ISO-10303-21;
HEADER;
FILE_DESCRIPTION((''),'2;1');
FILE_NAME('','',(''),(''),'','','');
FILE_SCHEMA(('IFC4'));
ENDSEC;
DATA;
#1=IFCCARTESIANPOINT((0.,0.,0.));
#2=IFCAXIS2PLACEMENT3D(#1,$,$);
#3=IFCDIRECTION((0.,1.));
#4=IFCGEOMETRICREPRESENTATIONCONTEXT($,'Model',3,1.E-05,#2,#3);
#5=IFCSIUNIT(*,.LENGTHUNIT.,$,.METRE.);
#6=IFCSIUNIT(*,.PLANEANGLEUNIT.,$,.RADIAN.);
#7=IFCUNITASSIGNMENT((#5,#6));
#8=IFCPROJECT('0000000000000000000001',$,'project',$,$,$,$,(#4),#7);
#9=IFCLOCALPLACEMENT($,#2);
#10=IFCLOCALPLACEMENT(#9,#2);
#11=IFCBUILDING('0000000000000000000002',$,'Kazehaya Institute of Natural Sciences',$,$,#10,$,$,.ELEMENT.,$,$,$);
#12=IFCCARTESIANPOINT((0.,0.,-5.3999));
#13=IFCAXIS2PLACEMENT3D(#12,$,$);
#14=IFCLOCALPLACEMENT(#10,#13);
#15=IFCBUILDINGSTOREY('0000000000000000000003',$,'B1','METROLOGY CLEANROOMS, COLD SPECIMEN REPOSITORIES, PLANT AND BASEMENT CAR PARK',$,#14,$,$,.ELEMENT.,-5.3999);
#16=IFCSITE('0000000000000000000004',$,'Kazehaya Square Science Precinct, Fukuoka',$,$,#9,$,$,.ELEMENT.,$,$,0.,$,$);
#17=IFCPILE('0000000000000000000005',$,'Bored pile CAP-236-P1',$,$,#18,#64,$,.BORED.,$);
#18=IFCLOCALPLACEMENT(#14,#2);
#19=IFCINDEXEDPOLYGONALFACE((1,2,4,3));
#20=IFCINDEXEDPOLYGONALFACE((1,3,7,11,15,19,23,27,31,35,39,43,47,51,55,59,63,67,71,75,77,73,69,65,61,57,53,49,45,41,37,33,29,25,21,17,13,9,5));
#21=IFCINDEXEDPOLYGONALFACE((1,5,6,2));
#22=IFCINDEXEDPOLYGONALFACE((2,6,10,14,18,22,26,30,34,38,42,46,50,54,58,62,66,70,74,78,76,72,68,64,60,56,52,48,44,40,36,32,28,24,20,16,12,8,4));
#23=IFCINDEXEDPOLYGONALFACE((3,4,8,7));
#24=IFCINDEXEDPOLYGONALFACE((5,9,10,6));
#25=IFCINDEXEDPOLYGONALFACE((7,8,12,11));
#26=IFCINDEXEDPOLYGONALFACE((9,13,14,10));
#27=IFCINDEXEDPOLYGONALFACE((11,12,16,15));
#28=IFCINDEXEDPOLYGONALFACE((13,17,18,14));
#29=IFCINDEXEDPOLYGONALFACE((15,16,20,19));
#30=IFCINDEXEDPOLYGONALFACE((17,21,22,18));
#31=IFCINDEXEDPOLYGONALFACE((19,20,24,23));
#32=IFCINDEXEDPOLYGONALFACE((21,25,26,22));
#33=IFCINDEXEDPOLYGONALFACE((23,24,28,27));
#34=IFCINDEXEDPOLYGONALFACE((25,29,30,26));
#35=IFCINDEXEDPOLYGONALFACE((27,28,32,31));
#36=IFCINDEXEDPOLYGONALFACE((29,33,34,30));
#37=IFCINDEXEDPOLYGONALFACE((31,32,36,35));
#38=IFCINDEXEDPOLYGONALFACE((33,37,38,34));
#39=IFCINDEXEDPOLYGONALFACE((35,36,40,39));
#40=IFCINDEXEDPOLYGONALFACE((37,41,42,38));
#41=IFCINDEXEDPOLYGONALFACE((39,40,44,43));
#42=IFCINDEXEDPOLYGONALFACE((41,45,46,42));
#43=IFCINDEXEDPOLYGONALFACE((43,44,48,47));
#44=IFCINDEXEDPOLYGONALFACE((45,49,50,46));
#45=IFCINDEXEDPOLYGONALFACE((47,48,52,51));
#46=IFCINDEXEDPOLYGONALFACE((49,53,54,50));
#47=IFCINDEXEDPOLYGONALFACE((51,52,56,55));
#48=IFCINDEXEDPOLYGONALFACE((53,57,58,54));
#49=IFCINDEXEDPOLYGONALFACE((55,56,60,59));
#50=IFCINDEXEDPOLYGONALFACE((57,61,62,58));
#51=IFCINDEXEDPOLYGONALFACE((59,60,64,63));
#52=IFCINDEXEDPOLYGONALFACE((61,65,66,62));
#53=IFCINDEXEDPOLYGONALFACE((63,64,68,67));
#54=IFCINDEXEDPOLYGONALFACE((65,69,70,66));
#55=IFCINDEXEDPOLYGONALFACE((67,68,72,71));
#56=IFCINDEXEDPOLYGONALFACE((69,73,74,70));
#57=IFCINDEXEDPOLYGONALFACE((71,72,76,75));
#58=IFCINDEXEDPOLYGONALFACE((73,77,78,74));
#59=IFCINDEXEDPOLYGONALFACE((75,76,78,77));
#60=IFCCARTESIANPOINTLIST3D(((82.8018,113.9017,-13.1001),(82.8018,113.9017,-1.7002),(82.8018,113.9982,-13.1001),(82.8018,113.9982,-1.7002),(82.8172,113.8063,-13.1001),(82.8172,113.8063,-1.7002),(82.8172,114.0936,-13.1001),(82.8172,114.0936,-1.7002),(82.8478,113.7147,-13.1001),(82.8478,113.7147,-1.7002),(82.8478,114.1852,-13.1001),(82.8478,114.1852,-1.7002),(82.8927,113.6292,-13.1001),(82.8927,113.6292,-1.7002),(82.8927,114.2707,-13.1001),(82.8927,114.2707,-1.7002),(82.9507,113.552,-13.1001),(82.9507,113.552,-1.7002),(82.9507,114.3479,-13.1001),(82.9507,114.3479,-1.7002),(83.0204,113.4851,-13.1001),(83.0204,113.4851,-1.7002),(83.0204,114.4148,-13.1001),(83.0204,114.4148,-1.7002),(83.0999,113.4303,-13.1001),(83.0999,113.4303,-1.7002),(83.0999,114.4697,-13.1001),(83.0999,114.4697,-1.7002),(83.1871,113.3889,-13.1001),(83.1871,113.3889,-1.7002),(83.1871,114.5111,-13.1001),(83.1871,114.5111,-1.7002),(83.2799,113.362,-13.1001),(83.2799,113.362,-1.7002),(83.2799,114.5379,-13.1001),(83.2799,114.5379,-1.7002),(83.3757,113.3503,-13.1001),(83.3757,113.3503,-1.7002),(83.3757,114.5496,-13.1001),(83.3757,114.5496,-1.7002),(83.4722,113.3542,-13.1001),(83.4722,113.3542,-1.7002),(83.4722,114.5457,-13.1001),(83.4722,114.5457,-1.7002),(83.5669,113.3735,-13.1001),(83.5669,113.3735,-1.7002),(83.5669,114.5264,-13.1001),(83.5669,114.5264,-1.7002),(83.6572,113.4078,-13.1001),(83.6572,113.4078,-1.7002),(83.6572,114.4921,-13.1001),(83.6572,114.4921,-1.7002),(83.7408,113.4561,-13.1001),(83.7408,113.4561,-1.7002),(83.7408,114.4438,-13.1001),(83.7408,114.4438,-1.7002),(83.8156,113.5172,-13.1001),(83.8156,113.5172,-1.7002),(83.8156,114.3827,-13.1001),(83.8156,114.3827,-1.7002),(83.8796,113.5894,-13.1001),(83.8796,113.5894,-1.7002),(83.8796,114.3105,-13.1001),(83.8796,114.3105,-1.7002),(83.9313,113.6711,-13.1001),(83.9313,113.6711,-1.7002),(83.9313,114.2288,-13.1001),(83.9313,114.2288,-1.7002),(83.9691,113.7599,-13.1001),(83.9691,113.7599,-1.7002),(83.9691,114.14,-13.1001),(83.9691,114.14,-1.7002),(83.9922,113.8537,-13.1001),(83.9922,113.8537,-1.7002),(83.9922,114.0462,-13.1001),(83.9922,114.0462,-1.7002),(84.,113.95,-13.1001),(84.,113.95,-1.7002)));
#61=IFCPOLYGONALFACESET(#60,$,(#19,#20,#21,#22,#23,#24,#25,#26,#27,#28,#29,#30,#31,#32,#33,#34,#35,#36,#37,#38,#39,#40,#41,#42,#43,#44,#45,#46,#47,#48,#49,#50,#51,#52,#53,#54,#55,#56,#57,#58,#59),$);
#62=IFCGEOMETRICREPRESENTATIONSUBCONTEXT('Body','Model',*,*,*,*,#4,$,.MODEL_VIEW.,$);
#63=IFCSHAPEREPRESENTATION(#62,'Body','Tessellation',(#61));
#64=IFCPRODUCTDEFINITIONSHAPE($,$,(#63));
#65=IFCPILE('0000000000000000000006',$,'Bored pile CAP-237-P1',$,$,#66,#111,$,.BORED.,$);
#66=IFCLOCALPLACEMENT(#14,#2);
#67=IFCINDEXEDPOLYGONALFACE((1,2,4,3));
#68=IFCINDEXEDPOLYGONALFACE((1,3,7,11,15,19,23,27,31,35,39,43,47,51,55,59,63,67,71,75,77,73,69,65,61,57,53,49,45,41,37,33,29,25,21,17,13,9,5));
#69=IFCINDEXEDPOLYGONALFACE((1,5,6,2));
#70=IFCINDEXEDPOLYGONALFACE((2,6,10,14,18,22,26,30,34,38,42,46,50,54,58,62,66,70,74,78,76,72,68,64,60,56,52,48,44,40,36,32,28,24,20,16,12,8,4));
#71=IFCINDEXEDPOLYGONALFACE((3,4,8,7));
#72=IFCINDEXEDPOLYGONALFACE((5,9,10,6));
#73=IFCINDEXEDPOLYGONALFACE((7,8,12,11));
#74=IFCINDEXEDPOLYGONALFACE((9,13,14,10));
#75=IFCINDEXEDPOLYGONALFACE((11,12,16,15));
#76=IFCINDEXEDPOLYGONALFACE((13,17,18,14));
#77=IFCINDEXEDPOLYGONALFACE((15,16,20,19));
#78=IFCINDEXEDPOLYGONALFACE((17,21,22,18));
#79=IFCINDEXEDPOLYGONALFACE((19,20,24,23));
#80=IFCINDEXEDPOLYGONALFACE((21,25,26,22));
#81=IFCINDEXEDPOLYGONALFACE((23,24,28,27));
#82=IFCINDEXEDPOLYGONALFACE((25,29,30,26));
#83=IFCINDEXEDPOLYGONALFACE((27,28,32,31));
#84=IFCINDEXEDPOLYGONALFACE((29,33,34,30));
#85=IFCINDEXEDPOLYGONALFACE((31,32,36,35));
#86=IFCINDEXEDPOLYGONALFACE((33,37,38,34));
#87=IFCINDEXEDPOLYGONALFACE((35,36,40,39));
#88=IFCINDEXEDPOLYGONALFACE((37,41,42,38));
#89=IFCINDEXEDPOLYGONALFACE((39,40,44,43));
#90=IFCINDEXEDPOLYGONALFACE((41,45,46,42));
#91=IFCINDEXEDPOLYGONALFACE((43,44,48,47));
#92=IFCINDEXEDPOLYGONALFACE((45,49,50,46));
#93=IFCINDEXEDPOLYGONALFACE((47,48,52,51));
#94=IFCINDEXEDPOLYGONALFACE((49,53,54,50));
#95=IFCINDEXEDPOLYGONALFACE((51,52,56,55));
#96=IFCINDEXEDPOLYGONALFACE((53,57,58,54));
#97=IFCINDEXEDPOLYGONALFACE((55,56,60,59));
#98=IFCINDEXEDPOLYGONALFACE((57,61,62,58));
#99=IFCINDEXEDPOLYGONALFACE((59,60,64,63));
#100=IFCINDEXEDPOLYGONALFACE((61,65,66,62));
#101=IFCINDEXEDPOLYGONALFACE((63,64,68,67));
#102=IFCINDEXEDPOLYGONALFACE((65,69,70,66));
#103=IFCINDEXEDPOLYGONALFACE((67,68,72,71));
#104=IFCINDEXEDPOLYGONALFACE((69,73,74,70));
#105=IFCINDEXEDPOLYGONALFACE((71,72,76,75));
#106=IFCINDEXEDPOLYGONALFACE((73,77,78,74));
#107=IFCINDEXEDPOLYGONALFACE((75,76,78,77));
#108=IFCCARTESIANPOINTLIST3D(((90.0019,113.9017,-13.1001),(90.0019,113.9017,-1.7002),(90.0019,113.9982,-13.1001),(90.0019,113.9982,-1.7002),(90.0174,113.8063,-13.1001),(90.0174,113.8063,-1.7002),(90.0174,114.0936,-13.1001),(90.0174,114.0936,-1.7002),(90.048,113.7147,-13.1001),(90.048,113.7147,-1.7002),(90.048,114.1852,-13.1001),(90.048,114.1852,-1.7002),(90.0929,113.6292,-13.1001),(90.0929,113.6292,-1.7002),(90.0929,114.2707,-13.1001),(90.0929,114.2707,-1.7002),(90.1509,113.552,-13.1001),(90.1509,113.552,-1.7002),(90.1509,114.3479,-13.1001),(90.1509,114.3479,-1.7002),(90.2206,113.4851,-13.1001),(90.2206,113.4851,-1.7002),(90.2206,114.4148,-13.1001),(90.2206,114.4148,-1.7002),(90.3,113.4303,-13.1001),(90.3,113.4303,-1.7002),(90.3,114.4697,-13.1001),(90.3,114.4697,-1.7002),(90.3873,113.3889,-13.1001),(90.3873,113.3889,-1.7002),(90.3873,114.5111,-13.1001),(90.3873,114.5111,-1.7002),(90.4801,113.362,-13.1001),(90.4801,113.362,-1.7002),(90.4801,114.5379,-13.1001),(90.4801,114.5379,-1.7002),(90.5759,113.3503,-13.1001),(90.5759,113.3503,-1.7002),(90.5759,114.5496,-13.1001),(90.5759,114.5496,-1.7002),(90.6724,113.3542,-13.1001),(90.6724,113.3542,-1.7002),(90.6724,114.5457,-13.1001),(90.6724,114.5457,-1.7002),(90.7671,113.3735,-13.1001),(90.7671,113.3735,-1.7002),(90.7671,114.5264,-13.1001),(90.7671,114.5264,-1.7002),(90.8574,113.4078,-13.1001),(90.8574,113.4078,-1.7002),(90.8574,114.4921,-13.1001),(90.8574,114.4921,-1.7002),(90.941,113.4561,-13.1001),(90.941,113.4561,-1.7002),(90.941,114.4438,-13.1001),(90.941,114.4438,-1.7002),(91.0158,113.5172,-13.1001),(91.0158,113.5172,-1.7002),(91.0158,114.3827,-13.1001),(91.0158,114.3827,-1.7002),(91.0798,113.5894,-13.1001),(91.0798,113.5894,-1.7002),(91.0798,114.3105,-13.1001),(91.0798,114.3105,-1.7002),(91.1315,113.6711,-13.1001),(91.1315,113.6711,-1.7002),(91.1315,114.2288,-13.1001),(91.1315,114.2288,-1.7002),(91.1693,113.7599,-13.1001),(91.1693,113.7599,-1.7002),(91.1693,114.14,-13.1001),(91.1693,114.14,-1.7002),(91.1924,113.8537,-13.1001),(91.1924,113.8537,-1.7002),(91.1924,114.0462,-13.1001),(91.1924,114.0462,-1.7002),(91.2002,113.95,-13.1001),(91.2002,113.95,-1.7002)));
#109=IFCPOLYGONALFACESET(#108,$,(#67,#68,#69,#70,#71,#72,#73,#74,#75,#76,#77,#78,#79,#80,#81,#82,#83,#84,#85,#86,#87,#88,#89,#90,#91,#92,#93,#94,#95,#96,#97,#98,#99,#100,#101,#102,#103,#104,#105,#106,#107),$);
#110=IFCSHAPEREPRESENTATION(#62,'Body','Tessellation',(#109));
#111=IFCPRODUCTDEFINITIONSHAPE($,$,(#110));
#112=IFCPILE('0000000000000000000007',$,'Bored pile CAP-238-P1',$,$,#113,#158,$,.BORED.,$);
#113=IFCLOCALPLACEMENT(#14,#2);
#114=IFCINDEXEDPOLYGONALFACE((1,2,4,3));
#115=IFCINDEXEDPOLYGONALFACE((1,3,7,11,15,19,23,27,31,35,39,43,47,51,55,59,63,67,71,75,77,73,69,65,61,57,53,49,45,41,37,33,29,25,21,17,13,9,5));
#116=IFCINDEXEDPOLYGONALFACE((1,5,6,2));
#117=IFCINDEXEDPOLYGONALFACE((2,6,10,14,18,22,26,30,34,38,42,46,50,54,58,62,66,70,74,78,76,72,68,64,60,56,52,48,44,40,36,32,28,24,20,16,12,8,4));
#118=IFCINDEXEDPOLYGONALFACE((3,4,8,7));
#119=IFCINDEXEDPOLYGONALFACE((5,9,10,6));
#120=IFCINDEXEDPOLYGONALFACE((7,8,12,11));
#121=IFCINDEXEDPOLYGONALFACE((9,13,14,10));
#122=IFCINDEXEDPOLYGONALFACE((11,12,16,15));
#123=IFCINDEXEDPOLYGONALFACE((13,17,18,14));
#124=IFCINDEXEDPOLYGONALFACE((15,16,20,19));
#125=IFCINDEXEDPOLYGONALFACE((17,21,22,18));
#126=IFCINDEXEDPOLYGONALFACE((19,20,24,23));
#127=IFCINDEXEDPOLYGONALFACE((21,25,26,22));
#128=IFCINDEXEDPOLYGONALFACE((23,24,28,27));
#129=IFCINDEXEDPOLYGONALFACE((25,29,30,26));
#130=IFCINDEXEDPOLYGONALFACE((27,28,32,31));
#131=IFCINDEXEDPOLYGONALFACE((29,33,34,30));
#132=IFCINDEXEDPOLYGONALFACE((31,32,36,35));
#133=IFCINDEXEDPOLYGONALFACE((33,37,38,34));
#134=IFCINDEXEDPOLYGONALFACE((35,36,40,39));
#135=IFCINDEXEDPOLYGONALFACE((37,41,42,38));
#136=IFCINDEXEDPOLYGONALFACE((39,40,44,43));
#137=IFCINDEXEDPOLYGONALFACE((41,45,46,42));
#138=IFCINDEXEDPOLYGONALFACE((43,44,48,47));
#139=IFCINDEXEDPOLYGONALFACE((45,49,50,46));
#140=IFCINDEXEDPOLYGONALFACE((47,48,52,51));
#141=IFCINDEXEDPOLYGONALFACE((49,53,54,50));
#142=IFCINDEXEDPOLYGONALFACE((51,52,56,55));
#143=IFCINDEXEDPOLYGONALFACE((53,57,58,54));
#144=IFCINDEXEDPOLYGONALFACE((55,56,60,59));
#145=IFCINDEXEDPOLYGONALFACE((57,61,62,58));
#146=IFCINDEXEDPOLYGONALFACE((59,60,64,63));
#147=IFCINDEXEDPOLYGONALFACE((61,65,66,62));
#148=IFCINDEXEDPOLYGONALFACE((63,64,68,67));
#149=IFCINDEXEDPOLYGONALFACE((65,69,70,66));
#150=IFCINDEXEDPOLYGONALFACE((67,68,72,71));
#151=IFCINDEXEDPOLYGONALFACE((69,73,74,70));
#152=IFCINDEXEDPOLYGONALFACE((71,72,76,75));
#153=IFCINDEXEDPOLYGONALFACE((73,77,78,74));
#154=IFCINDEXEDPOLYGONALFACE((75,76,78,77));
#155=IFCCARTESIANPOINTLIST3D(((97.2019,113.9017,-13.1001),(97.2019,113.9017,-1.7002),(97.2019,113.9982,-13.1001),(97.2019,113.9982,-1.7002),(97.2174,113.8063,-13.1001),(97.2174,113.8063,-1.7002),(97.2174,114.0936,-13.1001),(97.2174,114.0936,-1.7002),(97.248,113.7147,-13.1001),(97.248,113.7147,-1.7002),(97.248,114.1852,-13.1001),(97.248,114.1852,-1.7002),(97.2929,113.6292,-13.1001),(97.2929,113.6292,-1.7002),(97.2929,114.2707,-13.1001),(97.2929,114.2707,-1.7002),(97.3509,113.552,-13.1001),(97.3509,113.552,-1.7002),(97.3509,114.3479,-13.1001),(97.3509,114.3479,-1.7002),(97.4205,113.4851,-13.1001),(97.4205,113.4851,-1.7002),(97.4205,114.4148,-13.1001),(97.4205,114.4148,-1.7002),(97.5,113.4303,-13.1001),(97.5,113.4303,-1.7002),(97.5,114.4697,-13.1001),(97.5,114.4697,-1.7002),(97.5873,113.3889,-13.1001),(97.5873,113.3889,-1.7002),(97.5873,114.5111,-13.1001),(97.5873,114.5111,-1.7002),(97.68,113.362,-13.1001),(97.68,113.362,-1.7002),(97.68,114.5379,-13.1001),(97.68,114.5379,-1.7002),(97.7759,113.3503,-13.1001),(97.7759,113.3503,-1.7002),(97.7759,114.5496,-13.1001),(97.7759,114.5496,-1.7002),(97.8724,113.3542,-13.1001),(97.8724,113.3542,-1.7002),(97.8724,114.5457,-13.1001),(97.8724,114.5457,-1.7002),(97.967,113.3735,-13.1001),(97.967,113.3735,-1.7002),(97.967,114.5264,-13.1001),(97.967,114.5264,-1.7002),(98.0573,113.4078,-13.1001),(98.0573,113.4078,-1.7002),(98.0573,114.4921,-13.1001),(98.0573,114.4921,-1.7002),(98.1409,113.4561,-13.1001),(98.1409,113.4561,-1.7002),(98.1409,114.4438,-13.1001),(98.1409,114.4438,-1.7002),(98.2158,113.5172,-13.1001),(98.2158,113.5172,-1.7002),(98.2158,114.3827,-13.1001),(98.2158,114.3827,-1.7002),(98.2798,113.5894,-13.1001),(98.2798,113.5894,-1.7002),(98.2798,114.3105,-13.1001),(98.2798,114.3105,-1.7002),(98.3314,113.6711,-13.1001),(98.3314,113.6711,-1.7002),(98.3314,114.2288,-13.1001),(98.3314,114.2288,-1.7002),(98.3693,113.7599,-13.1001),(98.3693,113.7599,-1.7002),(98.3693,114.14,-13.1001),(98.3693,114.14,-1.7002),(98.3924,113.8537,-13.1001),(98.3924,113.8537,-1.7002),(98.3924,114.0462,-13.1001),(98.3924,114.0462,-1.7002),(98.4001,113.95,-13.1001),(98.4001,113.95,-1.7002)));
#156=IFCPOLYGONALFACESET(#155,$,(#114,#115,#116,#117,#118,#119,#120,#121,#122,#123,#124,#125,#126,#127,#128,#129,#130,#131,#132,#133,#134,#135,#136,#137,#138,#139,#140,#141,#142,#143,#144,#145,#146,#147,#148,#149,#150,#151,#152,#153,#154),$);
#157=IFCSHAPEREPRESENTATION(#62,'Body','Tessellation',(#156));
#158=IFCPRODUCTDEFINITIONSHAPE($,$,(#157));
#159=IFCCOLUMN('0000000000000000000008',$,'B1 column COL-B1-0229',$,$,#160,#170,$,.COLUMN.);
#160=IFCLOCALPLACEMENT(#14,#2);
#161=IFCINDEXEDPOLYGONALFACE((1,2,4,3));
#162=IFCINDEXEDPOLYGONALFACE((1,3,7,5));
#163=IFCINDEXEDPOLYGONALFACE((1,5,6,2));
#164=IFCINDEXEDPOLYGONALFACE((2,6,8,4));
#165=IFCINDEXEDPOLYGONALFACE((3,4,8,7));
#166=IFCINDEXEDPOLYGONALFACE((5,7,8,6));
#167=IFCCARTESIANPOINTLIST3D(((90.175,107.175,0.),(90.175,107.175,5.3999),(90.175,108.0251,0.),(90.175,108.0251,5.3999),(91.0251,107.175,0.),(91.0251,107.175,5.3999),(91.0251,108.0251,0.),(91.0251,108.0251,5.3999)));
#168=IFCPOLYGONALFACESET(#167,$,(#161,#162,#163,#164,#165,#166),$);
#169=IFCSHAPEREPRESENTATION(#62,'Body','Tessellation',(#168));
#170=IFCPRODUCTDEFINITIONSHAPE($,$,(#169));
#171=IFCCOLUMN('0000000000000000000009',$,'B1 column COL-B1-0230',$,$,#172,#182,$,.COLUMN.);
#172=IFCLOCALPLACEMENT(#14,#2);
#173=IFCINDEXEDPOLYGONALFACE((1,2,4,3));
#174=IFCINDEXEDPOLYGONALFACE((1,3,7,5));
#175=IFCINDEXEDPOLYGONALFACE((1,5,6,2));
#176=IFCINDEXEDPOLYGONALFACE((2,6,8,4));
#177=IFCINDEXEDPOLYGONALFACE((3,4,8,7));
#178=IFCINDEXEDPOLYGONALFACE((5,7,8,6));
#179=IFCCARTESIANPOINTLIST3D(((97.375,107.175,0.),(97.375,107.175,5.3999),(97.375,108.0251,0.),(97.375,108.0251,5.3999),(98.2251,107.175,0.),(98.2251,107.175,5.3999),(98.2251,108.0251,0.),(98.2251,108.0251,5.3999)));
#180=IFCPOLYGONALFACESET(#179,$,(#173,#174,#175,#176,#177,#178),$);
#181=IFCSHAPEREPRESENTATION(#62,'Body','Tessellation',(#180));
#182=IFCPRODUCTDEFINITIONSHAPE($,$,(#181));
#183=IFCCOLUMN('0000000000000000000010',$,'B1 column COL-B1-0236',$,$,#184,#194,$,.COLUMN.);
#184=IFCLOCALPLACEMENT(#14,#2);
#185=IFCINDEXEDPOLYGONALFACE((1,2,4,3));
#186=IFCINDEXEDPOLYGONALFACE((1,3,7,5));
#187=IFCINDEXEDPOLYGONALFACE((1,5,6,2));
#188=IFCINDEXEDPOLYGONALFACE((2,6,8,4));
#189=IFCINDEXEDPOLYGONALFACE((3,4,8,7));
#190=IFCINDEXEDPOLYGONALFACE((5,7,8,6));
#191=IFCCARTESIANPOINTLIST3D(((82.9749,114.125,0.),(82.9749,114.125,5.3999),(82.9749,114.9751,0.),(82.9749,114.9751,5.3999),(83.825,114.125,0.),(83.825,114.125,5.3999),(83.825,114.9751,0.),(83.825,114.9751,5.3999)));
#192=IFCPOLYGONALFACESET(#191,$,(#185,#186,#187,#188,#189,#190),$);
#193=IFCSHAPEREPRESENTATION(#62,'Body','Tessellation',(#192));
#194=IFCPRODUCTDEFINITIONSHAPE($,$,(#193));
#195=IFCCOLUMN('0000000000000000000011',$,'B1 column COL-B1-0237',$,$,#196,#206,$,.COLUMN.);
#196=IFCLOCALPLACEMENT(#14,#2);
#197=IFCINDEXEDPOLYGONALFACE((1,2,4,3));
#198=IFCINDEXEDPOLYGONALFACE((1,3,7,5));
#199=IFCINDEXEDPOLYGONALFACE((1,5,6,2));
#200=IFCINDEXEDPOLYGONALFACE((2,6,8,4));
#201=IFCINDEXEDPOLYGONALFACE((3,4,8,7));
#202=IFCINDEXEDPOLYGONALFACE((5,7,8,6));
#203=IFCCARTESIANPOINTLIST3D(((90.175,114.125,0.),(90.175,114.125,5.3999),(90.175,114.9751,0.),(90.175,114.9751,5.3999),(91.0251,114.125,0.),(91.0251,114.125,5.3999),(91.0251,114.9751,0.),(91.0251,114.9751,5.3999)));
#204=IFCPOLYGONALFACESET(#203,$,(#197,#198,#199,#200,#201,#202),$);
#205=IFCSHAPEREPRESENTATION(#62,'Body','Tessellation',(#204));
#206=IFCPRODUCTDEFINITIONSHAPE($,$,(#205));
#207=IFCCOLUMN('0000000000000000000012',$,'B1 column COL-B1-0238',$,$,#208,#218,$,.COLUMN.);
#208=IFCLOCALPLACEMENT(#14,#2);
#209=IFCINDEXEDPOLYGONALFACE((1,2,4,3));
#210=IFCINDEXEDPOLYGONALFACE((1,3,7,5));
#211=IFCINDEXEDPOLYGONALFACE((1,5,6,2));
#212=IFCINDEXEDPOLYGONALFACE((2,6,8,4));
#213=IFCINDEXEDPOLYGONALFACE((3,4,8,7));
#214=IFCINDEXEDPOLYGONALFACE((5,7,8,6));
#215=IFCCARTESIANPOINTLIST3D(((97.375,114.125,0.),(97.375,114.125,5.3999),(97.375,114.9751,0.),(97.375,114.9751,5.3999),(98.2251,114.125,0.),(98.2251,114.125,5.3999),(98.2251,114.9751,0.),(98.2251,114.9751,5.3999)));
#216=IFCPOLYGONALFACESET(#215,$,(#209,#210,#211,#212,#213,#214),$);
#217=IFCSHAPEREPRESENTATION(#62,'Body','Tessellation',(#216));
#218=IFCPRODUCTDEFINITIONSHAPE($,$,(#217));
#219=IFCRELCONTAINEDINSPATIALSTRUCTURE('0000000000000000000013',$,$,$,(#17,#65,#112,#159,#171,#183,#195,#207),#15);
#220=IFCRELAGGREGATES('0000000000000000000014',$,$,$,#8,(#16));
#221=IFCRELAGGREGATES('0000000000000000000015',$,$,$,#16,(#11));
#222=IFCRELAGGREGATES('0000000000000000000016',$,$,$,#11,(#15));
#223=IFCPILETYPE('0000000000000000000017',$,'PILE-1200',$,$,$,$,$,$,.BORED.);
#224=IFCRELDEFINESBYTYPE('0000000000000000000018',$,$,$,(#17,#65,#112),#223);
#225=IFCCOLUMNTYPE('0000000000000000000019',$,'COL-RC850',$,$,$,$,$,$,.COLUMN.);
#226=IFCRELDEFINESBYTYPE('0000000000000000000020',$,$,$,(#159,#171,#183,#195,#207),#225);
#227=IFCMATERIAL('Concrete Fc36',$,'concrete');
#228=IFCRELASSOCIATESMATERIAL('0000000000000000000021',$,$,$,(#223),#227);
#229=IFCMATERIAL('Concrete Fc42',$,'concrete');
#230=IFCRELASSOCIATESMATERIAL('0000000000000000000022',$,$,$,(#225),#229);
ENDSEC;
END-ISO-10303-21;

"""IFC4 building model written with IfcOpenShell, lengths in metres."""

from ifc_helpers import new_model, si_unit, direction, frame, origin, origin_2d, place, context, subcontext, project, spatial, rectangle, circle, extrude, material, material_profile, profile_set, type_object, element, save


model = new_model("IFC4")

# Units and contexts
model_context = context("Model", 3, precision=1e-05, world=origin(), true_north=direction((0.0, 1.0)))
body_context = subcontext(model_context, "Body", "Model", "MODEL_VIEW")
ifc_project = project(units=[si_unit("LENGTHUNIT", "METRE"), si_unit("PLANEANGLEUNIT", "RADIAN")], contexts=[model_context])

# Site, building, storey
site_placement = place(None, origin())
site = spatial("IfcSite", under=ifc_project, at=site_placement, Name="Kazehaya Square Science Precinct, Fukuoka", CompositionType="ELEMENT", RefElevation=0.0)
building_placement = place(site_placement, origin())
building = spatial("IfcBuilding", under=site, at=building_placement, Name="Kazehaya Institute of Natural Sciences", CompositionType="ELEMENT")
storey_placement = place(building_placement, frame((0.0, 0.0, -5.3999)))
storey = spatial("IfcBuildingStorey", under=building, at=storey_placement, Name="B1", Description="METROLOGY CLEANROOMS, COLD SPECIMEN REPOSITORIES, PLANT AND BASEMENT CAR PARK", CompositionType="ELEMENT", Elevation=-5.3999)

# Shared definitions
ifc_material_1 = material(Name="Concrete Fc36", Category="concrete")

# Piles
ifc_material_profile_1 = material_profile(ifc_material_1, circle(Radius=0.6001, at=origin_2d()), Name="PILE-1200")
ifc_profile_set_1 = profile_set([ifc_material_profile_1], Name="Concrete Fc36")
pile_type = type_object("IfcPileType", Name="PILE-1200", PredefinedType="BORED", material=ifc_profile_set_1)
for number, where, z_axis, x_axis, name in (
    (1, (83.3999, 113.95, -1.7002), (0.0, 0.0, -1.0), (1.0, 0.0, 0.0), "Bored pile CAP-236-P1"),
    (2, (90.6001, 113.95, -1.7002), (0.0, 0.0, -1.0), (1.0, 0.0, 0.0), "Bored pile CAP-237-P1"),
    (3, (97.8, 113.95, -1.7002), (0.0, 0.0, -1.0), (1.0, 0.0, 0.0), "Bored pile CAP-238-P1"),
):
    element("IfcPile", number, at=place(storey_placement, frame(where, z_axis=z_axis, x_axis=x_axis)), inside=storey, type_object=pile_type, Name=name, PredefinedType="BORED", context=body_context, shape_type="SweptSolid", body=[
        extrude(circle(Radius=0.6001, at=origin_2d()), origin(), (0.0, 0.0, 1.0), 11.3999),
    ])

# Columns
ifc_material_2 = material(Name="Concrete Fc42", Category="concrete")
ifc_material_profile_2 = material_profile(ifc_material_2, rectangle(XDim=0.8501, YDim=0.8501, at=origin_2d()), Name="RC-850x850")
ifc_profile_set_2 = profile_set([ifc_material_profile_2], Name="Concrete Fc42")
column_type = type_object("IfcColumnType", Name="COL-RC850", PredefinedType="COLUMN", material=ifc_profile_set_2)
for number, where, z_axis, x_axis, name in (
    (4, (90.6001, 107.6001, 0.0), (0.0, 0.0, 1.0), (1.0, 0.0, 0.0), "B1 column COL-B1-0229"),
    (5, (97.8, 107.6001, 0.0), (0.0, 0.0, 1.0), (1.0, 0.0, 0.0), "B1 column COL-B1-0230"),
    (6, (83.3999, 114.55, 0.0), (0.0, 0.0, 1.0), (1.0, 0.0, 0.0), "B1 column COL-B1-0236"),
    (7, (90.6001, 114.55, 0.0), (0.0, 0.0, 1.0), (1.0, 0.0, 0.0), "B1 column COL-B1-0237"),
    (8, (97.8, 114.55, 0.0), (0.0, 0.0, 1.0), (1.0, 0.0, 0.0), "B1 column COL-B1-0238"),
):
    element("IfcColumn", number, at=place(storey_placement, frame(where, z_axis=z_axis, x_axis=x_axis)), inside=storey, type_object=column_type, Name=name, PredefinedType="COLUMN", context=body_context, shape_type="SweptSolid", body=[
        extrude(rectangle(XDim=0.8501, YDim=0.8501, at=origin_2d()), origin(), (0.0, 0.0, 1.0), 5.3999),
    ])

save(model, "model.ifc")
